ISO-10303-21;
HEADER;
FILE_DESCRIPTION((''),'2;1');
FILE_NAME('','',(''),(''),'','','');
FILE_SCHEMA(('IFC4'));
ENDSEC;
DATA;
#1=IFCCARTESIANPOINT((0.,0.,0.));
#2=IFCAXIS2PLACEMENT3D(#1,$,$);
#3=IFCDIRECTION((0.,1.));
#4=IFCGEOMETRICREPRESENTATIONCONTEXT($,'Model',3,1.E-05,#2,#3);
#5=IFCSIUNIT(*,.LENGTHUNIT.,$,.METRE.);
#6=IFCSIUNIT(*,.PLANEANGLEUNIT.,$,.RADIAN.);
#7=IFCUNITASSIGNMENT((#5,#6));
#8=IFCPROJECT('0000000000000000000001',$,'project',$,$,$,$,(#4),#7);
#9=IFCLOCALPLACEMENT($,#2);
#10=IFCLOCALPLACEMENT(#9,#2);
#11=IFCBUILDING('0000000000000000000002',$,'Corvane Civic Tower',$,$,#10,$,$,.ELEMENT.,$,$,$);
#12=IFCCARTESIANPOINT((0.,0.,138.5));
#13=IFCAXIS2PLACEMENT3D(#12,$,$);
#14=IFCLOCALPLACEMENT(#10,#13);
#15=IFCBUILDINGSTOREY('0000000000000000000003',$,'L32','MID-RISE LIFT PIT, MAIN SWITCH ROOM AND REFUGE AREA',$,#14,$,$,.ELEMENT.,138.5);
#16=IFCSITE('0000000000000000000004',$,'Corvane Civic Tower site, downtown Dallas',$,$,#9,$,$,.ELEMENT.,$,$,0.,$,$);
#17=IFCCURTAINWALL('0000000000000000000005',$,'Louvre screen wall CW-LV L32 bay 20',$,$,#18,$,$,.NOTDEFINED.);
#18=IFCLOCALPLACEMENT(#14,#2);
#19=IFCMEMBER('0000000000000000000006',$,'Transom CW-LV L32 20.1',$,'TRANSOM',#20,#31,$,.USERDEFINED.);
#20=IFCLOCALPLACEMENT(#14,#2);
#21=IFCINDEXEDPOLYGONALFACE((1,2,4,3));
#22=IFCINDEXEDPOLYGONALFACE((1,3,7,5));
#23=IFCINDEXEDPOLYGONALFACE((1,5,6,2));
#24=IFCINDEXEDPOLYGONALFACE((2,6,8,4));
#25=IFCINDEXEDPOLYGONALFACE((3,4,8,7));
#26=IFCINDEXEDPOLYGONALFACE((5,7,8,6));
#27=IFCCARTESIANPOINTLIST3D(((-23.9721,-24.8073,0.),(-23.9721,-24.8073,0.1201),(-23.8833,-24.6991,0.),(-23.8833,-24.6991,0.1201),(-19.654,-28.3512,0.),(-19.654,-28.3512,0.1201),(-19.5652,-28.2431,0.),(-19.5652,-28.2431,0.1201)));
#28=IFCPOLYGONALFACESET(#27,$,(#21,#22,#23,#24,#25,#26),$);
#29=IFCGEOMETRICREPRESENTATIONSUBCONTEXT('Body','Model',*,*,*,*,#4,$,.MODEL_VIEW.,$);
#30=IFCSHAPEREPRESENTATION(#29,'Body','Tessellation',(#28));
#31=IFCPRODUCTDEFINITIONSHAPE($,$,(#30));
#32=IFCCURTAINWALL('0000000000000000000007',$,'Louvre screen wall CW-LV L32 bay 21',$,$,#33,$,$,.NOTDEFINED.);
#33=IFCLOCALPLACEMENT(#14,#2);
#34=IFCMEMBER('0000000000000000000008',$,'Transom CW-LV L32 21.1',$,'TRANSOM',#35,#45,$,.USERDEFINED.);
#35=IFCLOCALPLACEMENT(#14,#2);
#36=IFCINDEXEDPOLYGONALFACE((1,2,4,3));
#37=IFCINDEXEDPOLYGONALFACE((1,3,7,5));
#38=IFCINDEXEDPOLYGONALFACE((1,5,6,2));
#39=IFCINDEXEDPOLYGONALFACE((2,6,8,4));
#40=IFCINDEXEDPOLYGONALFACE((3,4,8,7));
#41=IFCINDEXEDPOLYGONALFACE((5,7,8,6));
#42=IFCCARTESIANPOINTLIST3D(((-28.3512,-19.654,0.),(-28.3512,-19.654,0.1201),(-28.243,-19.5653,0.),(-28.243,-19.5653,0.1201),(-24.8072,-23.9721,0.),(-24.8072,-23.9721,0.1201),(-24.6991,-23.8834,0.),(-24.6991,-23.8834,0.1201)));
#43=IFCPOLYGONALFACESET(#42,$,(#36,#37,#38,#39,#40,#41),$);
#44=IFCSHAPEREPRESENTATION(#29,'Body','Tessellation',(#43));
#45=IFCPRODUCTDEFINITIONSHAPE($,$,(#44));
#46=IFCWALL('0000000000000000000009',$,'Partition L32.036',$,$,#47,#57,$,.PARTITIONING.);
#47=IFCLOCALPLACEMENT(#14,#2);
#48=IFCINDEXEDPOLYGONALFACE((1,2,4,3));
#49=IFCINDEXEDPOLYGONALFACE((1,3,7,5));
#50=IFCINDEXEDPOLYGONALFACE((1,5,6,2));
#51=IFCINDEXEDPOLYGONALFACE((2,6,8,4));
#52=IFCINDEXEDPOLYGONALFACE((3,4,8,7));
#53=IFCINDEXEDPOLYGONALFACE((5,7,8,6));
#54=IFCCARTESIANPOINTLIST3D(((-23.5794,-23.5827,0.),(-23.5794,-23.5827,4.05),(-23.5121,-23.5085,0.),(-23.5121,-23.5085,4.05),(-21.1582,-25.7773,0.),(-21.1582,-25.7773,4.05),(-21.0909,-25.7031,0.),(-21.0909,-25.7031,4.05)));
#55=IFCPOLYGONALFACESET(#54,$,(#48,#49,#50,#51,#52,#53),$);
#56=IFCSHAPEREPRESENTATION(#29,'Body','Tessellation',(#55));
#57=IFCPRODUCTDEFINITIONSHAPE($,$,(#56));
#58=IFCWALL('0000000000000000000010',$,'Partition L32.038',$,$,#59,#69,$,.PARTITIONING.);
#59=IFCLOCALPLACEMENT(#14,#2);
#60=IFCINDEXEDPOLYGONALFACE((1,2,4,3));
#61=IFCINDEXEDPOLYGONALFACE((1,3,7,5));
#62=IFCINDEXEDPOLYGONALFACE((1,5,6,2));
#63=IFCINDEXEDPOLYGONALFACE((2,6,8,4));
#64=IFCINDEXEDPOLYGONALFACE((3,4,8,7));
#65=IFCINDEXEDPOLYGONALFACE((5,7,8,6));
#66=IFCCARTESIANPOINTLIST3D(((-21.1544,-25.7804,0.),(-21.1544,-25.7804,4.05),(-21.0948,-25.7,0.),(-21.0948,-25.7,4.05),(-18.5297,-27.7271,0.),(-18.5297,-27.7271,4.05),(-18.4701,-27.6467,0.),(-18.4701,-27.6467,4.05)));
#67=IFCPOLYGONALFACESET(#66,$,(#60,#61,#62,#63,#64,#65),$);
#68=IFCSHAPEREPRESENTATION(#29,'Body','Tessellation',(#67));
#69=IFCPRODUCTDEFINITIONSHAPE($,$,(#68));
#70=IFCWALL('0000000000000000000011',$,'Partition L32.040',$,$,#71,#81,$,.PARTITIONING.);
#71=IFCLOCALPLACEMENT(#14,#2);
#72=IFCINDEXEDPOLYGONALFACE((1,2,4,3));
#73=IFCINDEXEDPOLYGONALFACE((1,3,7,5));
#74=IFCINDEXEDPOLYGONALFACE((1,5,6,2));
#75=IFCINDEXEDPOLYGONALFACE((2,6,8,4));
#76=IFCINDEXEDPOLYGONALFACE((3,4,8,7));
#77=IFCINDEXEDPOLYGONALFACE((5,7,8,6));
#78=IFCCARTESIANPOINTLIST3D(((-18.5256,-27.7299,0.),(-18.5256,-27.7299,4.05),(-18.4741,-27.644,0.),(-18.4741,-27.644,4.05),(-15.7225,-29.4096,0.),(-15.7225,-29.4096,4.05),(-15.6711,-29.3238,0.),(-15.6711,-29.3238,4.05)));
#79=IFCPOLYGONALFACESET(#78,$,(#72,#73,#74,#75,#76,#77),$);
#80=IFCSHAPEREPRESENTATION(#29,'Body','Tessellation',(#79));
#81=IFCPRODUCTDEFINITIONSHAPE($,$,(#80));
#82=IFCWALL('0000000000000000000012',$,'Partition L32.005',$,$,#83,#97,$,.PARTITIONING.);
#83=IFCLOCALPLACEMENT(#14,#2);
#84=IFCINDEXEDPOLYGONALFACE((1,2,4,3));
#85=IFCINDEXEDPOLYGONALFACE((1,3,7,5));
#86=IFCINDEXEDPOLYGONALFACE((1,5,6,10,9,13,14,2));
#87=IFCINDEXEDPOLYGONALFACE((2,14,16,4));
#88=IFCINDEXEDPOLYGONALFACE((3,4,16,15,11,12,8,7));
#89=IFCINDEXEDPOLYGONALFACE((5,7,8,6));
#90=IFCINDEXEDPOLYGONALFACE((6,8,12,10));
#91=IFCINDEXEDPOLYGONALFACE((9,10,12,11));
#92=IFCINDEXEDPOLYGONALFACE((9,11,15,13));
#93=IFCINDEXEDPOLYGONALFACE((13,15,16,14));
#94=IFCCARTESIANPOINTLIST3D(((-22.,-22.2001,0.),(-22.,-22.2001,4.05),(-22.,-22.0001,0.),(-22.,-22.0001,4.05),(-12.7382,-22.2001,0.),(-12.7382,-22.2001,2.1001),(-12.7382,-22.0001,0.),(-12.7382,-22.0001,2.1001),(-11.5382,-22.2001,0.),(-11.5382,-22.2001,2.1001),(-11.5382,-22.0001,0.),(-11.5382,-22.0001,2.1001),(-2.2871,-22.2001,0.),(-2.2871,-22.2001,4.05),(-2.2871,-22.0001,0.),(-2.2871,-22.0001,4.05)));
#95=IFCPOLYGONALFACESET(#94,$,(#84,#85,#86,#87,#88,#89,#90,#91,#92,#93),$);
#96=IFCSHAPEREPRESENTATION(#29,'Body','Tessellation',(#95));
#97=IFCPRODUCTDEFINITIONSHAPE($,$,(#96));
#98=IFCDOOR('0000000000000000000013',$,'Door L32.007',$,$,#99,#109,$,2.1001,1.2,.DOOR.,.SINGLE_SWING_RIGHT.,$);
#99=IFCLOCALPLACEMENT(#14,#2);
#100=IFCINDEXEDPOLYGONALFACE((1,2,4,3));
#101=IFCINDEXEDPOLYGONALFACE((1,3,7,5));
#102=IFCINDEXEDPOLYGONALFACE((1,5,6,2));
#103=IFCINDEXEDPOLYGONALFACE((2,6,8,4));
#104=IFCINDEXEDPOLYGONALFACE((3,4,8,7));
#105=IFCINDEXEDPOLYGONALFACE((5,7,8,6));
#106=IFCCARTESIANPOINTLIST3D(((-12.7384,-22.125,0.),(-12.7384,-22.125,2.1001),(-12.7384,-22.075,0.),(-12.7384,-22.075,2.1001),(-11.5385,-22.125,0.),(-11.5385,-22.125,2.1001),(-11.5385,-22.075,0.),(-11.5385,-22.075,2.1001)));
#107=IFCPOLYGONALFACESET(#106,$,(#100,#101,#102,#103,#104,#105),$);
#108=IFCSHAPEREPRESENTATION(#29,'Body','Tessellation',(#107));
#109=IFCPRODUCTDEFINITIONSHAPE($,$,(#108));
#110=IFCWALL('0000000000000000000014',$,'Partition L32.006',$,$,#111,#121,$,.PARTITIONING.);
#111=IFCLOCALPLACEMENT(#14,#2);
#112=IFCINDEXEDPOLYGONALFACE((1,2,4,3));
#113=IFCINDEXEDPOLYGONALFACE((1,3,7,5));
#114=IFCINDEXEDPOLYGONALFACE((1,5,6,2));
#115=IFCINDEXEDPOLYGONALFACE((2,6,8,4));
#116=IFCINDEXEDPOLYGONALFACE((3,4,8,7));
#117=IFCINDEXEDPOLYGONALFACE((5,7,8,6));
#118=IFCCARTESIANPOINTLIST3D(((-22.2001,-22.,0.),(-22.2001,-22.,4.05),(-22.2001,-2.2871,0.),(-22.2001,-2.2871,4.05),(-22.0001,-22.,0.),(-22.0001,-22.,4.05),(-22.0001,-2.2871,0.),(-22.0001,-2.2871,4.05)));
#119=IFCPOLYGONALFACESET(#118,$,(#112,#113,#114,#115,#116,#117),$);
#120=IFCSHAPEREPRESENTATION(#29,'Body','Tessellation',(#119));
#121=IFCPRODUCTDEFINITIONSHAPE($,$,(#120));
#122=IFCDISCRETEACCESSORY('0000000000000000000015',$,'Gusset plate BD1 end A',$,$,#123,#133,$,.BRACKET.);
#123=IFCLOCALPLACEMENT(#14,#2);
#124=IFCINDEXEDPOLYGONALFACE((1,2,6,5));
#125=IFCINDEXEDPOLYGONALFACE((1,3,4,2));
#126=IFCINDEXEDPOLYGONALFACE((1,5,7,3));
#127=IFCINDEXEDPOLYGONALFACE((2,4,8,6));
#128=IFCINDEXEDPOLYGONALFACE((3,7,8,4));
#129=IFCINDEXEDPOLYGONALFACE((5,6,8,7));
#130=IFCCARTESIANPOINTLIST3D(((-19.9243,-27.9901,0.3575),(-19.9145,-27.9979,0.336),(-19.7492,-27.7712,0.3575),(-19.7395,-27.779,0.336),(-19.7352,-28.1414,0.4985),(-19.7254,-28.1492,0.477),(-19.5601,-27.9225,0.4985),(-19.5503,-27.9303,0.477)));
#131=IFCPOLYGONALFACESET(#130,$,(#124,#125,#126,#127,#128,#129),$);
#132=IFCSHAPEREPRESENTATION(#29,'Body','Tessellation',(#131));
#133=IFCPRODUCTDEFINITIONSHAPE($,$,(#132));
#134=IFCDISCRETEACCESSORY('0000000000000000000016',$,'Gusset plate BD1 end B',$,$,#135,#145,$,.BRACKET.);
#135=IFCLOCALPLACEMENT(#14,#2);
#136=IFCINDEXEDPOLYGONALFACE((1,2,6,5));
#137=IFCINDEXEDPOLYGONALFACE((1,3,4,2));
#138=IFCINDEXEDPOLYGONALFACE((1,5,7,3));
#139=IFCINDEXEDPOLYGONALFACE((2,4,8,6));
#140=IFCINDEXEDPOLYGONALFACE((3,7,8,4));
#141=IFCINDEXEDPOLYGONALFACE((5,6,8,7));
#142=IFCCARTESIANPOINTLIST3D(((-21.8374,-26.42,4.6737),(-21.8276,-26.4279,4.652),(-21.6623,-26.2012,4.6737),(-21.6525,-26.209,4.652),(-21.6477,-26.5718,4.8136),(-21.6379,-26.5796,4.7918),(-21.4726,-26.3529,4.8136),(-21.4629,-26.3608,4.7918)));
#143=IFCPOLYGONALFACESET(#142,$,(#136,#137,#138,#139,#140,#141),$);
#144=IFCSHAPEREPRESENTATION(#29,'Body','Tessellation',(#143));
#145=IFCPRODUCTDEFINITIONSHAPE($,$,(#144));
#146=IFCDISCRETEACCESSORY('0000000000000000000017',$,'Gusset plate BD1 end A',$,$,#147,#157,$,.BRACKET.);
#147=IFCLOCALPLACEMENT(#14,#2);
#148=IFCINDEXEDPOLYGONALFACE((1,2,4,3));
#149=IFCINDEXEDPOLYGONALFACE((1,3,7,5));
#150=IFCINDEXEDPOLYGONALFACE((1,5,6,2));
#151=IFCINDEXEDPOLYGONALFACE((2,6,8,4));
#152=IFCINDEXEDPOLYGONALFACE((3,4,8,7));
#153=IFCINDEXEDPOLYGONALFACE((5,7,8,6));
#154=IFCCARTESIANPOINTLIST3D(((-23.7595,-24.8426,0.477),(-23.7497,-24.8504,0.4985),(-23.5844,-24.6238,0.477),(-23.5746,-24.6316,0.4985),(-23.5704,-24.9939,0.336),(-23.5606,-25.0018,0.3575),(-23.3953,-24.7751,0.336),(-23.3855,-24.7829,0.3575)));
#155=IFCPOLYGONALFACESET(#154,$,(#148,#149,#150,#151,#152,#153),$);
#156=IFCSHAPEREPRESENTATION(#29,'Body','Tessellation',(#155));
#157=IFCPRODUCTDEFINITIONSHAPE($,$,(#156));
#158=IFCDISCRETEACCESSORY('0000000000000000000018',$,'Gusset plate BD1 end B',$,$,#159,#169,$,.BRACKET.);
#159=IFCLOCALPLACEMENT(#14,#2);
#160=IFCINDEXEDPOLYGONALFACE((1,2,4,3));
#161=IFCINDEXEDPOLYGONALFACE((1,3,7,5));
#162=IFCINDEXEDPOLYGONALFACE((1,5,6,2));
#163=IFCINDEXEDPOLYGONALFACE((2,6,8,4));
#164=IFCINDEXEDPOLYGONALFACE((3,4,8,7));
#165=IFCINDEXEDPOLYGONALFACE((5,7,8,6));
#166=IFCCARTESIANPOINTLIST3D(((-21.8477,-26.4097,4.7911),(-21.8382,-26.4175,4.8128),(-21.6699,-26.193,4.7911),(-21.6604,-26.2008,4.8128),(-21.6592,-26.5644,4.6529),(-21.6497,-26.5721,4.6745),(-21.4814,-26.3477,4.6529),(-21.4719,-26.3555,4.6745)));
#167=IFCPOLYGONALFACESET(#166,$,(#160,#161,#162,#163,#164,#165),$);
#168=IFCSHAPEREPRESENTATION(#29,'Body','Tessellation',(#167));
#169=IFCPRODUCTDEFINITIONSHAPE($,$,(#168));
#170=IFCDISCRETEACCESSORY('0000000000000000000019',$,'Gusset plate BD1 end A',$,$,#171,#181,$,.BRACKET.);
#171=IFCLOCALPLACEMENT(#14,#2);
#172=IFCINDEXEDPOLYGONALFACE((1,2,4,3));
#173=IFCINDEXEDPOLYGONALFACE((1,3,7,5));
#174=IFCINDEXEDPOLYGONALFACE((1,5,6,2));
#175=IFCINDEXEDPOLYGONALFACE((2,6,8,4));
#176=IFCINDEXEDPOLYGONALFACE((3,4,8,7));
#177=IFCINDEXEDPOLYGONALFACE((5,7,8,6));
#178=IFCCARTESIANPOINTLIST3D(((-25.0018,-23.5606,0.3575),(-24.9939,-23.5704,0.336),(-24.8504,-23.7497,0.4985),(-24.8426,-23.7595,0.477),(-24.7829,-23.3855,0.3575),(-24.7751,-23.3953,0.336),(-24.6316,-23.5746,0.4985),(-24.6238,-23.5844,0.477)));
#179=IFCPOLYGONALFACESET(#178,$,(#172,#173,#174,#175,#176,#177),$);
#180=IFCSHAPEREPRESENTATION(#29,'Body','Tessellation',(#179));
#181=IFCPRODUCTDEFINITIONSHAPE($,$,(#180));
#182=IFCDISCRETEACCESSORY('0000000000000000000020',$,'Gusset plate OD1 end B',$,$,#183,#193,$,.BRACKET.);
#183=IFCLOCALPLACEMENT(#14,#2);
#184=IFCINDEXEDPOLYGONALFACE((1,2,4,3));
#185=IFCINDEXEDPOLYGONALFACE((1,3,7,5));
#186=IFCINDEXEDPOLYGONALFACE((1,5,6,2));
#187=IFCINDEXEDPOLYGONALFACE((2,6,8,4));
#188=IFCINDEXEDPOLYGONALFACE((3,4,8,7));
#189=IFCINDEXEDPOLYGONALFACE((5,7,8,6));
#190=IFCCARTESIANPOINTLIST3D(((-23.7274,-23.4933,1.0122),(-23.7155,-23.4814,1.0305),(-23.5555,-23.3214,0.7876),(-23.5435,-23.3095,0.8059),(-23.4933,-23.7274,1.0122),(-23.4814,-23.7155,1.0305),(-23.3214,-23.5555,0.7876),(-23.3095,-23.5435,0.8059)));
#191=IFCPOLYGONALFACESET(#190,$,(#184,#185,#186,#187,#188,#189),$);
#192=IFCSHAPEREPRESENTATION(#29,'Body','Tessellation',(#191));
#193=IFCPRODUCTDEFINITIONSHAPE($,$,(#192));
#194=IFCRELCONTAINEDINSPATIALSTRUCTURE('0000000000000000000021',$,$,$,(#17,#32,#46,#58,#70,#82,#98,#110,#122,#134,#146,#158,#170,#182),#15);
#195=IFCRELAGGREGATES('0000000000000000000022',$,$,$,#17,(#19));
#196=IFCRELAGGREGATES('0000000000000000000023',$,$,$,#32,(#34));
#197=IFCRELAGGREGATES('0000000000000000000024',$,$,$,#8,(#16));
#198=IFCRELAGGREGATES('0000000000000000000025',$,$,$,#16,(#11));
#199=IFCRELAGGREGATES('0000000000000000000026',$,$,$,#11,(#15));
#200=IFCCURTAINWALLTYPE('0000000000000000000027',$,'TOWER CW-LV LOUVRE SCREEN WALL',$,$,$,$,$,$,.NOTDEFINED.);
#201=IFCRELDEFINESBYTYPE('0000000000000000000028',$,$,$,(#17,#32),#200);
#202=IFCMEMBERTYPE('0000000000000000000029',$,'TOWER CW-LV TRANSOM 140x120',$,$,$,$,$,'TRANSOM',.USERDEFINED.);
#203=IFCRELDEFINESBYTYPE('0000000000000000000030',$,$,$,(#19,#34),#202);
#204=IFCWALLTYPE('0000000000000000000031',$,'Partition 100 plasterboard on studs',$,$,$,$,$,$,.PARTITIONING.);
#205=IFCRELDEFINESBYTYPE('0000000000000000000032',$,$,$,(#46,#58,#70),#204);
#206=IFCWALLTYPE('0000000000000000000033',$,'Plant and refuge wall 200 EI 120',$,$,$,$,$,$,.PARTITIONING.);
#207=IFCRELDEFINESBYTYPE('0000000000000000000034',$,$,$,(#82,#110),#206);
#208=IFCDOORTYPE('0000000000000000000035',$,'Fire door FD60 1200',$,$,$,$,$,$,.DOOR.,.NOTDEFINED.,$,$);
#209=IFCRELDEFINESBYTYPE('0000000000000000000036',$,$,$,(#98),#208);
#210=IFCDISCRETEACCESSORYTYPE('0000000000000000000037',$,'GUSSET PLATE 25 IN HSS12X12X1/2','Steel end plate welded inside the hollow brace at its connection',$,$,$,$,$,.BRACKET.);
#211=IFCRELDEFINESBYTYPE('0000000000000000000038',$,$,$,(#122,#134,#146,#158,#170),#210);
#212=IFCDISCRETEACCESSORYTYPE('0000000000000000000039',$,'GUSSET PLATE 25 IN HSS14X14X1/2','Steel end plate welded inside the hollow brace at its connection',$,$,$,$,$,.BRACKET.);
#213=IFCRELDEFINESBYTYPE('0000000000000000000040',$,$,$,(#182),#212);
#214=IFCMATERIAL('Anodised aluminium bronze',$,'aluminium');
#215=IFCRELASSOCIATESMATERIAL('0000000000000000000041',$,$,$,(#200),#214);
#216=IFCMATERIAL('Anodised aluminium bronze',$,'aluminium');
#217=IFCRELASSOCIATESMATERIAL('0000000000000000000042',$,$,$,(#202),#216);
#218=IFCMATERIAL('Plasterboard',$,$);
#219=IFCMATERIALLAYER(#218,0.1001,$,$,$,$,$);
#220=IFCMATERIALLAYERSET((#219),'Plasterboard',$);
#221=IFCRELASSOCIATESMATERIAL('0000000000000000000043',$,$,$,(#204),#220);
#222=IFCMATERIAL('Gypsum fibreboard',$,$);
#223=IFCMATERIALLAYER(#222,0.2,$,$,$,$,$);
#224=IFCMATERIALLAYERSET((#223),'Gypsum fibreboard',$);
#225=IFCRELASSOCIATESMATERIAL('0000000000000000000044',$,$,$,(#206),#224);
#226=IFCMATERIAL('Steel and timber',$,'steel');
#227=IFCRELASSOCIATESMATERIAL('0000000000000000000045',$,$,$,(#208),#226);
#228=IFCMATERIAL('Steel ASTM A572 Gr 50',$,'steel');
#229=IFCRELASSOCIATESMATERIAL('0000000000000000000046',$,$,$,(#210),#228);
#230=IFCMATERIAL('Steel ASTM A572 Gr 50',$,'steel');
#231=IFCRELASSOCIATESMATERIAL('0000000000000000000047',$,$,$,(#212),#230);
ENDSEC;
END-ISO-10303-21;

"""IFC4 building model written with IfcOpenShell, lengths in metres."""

from ifc_helpers import new_model, si_unit, direction, frame, frame_2d, origin, origin_2d, place, context, subcontext, project, spatial, rectangle, extrude, material, layer, layer_set, material_profile, profile_set, type_object, element, fill, aggregate, save


model = new_model("IFC4")

# Units and contexts
model_context = context("Model", 3, precision=1e-05, world=origin(), true_north=direction((0.0, 1.0)))
body_context = subcontext(model_context, "Body", "Model", "MODEL_VIEW")
ifc_project = project(units=[si_unit("LENGTHUNIT", "METRE"), si_unit("PLANEANGLEUNIT", "RADIAN")], contexts=[model_context])

# Site, building, storey
site_placement = place(None, origin())
site = spatial("IfcSite", under=ifc_project, at=site_placement, Name="Corvane Civic Tower site, downtown Dallas", CompositionType="ELEMENT", RefElevation=0.0)
building_placement = place(site_placement, origin())
building = spatial("IfcBuilding", under=site, at=building_placement, Name="Corvane Civic Tower", CompositionType="ELEMENT")
storey_placement = place(building_placement, frame((0.0, 0.0, 138.5)))
storey = spatial("IfcBuildingStorey", under=building, at=storey_placement, Name="L32", Description="MID-RISE LIFT PIT, MAIN SWITCH ROOM AND REFUGE AREA", CompositionType="ELEMENT", Elevation=138.5)

# Curtain walls, members
ifc_material_1 = material(Name="Anodised aluminium bronze", Category="aluminium")
curtain_wall_type = type_object("IfcCurtainWallType", Name="TOWER CW-LV LOUVRE SCREEN WALL", PredefinedType="NOTDEFINED", material=ifc_material_1)
curtain_wall_1_placement = place(storey_placement, origin())
curtain_wall_1 = element("IfcCurtainWall", 1, at=curtain_wall_1_placement, inside=storey, type_object=curtain_wall_type, Name="Louvre screen wall CW-LV L32 bay 20", PredefinedType="NOTDEFINED")
ifc_material_2 = material(Name="Anodised aluminium bronze", Category="aluminium")
ifc_material_profile_1 = material_profile(ifc_material_2, rectangle(XDim=0.1399, YDim=0.1201, at=origin_2d()), Name="TOWER CW-LV TRANSOM 140x120")
ifc_profile_set_1 = profile_set([ifc_material_profile_1], Name="Anodised aluminium bronze")
member_type_1 = type_object("IfcMemberType", Name="TOWER CW-LV TRANSOM 140x120", ElementType="TRANSOM", PredefinedType="USERDEFINED", material=ifc_profile_set_1)
member_1_placement = place(storey_placement, frame((-19.6096, -28.2971, 0.0601), z_axis=(-0.772996, 0.63441, 0.0), x_axis=(-0.63441, -0.772996, 0.0)))
member_1 = element("IfcMember", 2, at=member_1_placement, type_object=member_type_1, Name="Transom CW-LV L32 20.1", ObjectType="TRANSOM", PredefinedType="USERDEFINED", context=body_context, shape_type="SweptSolid", body=[
    extrude(rectangle(XDim=0.1399, YDim=0.1201, at=origin_2d()), origin(), (0.0, 0.0, 1.0), 5.5862),
])
curtain_wall_2_placement = place(storey_placement, origin())
curtain_wall_2 = element("IfcCurtainWall", 3, at=curtain_wall_2_placement, inside=storey, type_object=curtain_wall_type, Name="Louvre screen wall CW-LV L32 bay 21", PredefinedType="NOTDEFINED")
member_2_placement = place(storey_placement, frame((-24.7532, -23.9277, 0.0601), z_axis=(-0.63441, 0.772996, 0.0), x_axis=(-0.772996, -0.63441, 0.0)))
member_2 = element("IfcMember", 4, at=member_2_placement, type_object=member_type_1, Name="Transom CW-LV L32 21.1", ObjectType="TRANSOM", PredefinedType="USERDEFINED", context=body_context, shape_type="SweptSolid", body=[
    extrude(rectangle(XDim=0.1399, YDim=0.1201, at=origin_2d()), origin(), (0.0, 0.0, 1.0), 5.5862),
])

# Walls
ifc_material_3 = material(Name="Plasterboard")
ifc_layer_1 = layer(ifc_material_3, 0.1001)
ifc_layer_set_1 = layer_set([ifc_layer_1], Name="Plasterboard")
wall_type_1 = type_object("IfcWallType", Name="Partition 100 plasterboard on studs", PredefinedType="PARTITIONING", material=ifc_layer_set_1)
for number, where, z_axis, x_axis, name in (
    (5, (-23.5457, -23.5457, 0.0), (0.0, 0.0, 1.0), (0.740923, -0.67159, 0.0), "Partition L32.036"),
    (6, (-21.1245, -25.7402, 0.0), (0.0, 0.0, 1.0), (0.803189, -0.595724, 0.0), "Partition L32.038"),
    (7, (-18.4998, -27.687, 0.0), (0.0, 0.0, 1.0), (0.857776, -0.514023, 0.0), "Partition L32.040"),
):
    element("IfcWall", number, at=place(storey_placement, frame(where, z_axis=z_axis, x_axis=x_axis)), inside=storey, type_object=wall_type_1, Name=name, PredefinedType="PARTITIONING", context=body_context, shape_type="SweptSolid", body=[
        extrude(rectangle(XDim=3.2678, YDim=0.1001, at=frame_2d((1.6338, 0.0))), origin(), (0.0, 0.0, 1.0), 4.05),
    ])

# Wall, opening, door
ifc_material_4 = material(Name="Gypsum fibreboard")
ifc_layer_2 = layer(ifc_material_4, 0.2)
ifc_layer_set_2 = layer_set([ifc_layer_2], Name="Gypsum fibreboard")
wall_type_2 = type_object("IfcWallType", Name="Plant and refuge wall 200 EI 120", PredefinedType="PARTITIONING", material=ifc_layer_set_2)
wall_1_placement = place(storey_placement, frame((-22.0, -22.1001, 0.0), z_axis=(0.0, 0.0, 1.0), x_axis=(1.0, 0.0, 0.0)))
wall_1 = element("IfcWall", 8, at=wall_1_placement, inside=storey, type_object=wall_type_2, Name="Partition L32.005", PredefinedType="PARTITIONING", context=body_context, shape_type="SweptSolid", body=[
    extrude(rectangle(XDim=19.7129, YDim=0.2, at=frame_2d((9.8564, 0.0))), origin(), (0.0, 0.0, 1.0), 4.05),
])
opening_placement = place(wall_1_placement, frame((9.2617, 0.0, 0.0)))
opening = element("IfcOpeningElement", 9, at=opening_placement, cuts=wall_1, PredefinedType="OPENING", context=body_context, shape_type="SweptSolid", body=[
    extrude(rectangle(XDim=1.2, YDim=2.1001, at=frame_2d((0.6001, 1.05))), frame((0.0, 0.1099, 0.0), z_axis=(0.0, -1.0, 0.0), x_axis=(1.0, 0.0, 0.0)), (0.0, 0.0, 1.0), 0.22),
])
ifc_material_5 = material(Name="Steel and timber", Category="steel")
door_type = type_object("IfcDoorType", Name="Fire door FD60 1200", OperationType="NOTDEFINED", PredefinedType="DOOR", material=ifc_material_5)
door_placement = place(opening_placement, frame((1.2, 0.0, 0.0), z_axis=(0.0, 0.0, 1.0), x_axis=(-1.0, 0.0, 0.0)))
door = element("IfcDoor", 10, at=door_placement, inside=storey, type_object=door_type, Name="Door L32.007", OperationType="SINGLE_SWING_RIGHT", OverallHeight=2.1001, OverallWidth=1.2, PredefinedType="DOOR", context=body_context, shape_type="SweptSolid", body=[
    extrude(rectangle(XDim=1.2, YDim=2.1001, at=frame_2d((0.6001, 1.05))), frame((0.0, 0.0249, 0.0), z_axis=(0.0, -1.0, 0.0), x_axis=(1.0, 0.0, 0.0)), (0.0, 0.0, 1.0), 0.05),
])
fill(opening, door)

# Wall
wall_2_placement = place(storey_placement, frame((-22.1001, -22.0, 0.0), z_axis=(0.0, 0.0, 1.0), x_axis=(0.0, 1.0, 0.0)))
element("IfcWall", 11, at=wall_2_placement, inside=storey, type_object=wall_type_2, Name="Partition L32.006", PredefinedType="PARTITIONING", context=body_context, shape_type="SweptSolid", body=[
    extrude(rectangle(XDim=19.7129, YDim=0.2, at=frame_2d((9.8564, 0.0))), origin(), (0.0, 0.0, 1.0), 4.05),
])

aggregate(curtain_wall_1, [member_1])
aggregate(curtain_wall_2, [member_2])

# Discrete accessories
ifc_material_6 = material(Name="Steel ASTM A572 Gr 50", Category="steel")
ifc_material_profile_2 = material_profile(ifc_material_6, rectangle(XDim=0.2803, YDim=0.2803, at=origin_2d()), Name="GUSSET PLATE 25 IN HSS12X12X1/2")
ifc_profile_set_2 = profile_set([ifc_material_profile_2], Name="Steel ASTM A572 Gr 50")
discrete_accessory_type_1 = type_object("IfcDiscreteAccessoryType", Name="GUSSET PLATE 25 IN HSS12X12X1/2", Description="Steel end plate welded inside the hollow brace at its connection", PredefinedType="BRACKET", material=ifc_profile_set_2)
discrete_accessory_1_placement = place(storey_placement, frame((-19.7324, -27.9641, 0.4065), z_axis=(-0.392837, 0.31427, 0.864242), x_axis=(-0.624695, -0.780869, 0.0)))
element("IfcDiscreteAccessory", 12, at=discrete_accessory_1_placement, inside=storey, type_object=discrete_accessory_type_1, Name="Gusset plate BD1 end A", PredefinedType="BRACKET", context=body_context, shape_type="SweptSolid", body=[
    extrude(rectangle(XDim=0.2803, YDim=0.2803, at=origin_2d()), origin(), (0.0, 0.0, 1.0), 0.0249),
])
discrete_accessory_2_placement = place(storey_placement, frame((-21.655, -26.3865, 4.7437), z_axis=(0.389526, -0.311621, -0.866696), x_axis=(0.624695, 0.780869, 0.0)))
element("IfcDiscreteAccessory", 13, at=discrete_accessory_2_placement, inside=storey, type_object=discrete_accessory_type_1, Name="Gusset plate BD1 end B", PredefinedType="BRACKET", context=body_context, shape_type="SweptSolid", body=[
    extrude(rectangle(XDim=0.2803, YDim=0.2803, at=origin_2d()), origin(), (0.0, 0.0, 1.0), 0.0251),
])
for number, where, z_axis, x_axis, name in (
    (14, (-23.5774, -24.8088, 0.4065), (0.392837, -0.31427, 0.864242), (0.624695, 0.780869, 0.0), "Gusset plate BD1 end A"),
    (15, (-21.655, -26.3865, 4.7437), (-0.381219, 0.312795, -0.869961), (-0.634317, -0.773073, 0.0), "Gusset plate BD1 end B"),
    (16, (-24.8088, -23.5774, 0.4065), (-0.31427, 0.392837, 0.864242), (-0.780869, -0.624695, 0.0), "Gusset plate BD1 end A"),
):
    element("IfcDiscreteAccessory", number, at=place(storey_placement, frame(where, z_axis=z_axis, x_axis=x_axis)), inside=storey, type_object=discrete_accessory_type_1, Name=name, PredefinedType="BRACKET", context=body_context, shape_type="SweptSolid", body=[
        extrude(rectangle(XDim=0.2803, YDim=0.2803, at=origin_2d()), origin(), (0.0, 0.0, 1.0), 0.0249),
    ])
ifc_material_7 = material(Name="Steel ASTM A572 Gr 50", Category="steel")
ifc_material_profile_3 = material_profile(ifc_material_7, rectangle(XDim=0.3311, YDim=0.3311, at=origin_2d()), Name="GUSSET PLATE 25 IN HSS14X14X1/2")
ifc_profile_set_3 = profile_set([ifc_material_profile_3], Name="Steel ASTM A572 Gr 50")
discrete_accessory_type_2 = type_object("IfcDiscreteAccessoryType", Name="GUSSET PLATE 25 IN HSS14X14X1/2", Description="Steel end plate welded inside the hollow brace at its connection", PredefinedType="BRACKET", material=ifc_profile_set_3)
discrete_accessory_3_placement = place(storey_placement, frame((-23.5244, -23.5244, 0.8999), z_axis=(0.479862, 0.479862, 0.734483), x_axis=(-0.707107, 0.707107, 0.0)))
element("IfcDiscreteAccessory", 17, at=discrete_accessory_3_placement, inside=storey, type_object=discrete_accessory_type_2, Name="Gusset plate OD1 end B", PredefinedType="BRACKET", context=body_context, shape_type="SweptSolid", body=[
    extrude(rectangle(XDim=0.3311, YDim=0.3311, at=origin_2d()), origin(), (0.0, 0.0, 1.0), 0.0249),
])

save(model, "model.ifc")
